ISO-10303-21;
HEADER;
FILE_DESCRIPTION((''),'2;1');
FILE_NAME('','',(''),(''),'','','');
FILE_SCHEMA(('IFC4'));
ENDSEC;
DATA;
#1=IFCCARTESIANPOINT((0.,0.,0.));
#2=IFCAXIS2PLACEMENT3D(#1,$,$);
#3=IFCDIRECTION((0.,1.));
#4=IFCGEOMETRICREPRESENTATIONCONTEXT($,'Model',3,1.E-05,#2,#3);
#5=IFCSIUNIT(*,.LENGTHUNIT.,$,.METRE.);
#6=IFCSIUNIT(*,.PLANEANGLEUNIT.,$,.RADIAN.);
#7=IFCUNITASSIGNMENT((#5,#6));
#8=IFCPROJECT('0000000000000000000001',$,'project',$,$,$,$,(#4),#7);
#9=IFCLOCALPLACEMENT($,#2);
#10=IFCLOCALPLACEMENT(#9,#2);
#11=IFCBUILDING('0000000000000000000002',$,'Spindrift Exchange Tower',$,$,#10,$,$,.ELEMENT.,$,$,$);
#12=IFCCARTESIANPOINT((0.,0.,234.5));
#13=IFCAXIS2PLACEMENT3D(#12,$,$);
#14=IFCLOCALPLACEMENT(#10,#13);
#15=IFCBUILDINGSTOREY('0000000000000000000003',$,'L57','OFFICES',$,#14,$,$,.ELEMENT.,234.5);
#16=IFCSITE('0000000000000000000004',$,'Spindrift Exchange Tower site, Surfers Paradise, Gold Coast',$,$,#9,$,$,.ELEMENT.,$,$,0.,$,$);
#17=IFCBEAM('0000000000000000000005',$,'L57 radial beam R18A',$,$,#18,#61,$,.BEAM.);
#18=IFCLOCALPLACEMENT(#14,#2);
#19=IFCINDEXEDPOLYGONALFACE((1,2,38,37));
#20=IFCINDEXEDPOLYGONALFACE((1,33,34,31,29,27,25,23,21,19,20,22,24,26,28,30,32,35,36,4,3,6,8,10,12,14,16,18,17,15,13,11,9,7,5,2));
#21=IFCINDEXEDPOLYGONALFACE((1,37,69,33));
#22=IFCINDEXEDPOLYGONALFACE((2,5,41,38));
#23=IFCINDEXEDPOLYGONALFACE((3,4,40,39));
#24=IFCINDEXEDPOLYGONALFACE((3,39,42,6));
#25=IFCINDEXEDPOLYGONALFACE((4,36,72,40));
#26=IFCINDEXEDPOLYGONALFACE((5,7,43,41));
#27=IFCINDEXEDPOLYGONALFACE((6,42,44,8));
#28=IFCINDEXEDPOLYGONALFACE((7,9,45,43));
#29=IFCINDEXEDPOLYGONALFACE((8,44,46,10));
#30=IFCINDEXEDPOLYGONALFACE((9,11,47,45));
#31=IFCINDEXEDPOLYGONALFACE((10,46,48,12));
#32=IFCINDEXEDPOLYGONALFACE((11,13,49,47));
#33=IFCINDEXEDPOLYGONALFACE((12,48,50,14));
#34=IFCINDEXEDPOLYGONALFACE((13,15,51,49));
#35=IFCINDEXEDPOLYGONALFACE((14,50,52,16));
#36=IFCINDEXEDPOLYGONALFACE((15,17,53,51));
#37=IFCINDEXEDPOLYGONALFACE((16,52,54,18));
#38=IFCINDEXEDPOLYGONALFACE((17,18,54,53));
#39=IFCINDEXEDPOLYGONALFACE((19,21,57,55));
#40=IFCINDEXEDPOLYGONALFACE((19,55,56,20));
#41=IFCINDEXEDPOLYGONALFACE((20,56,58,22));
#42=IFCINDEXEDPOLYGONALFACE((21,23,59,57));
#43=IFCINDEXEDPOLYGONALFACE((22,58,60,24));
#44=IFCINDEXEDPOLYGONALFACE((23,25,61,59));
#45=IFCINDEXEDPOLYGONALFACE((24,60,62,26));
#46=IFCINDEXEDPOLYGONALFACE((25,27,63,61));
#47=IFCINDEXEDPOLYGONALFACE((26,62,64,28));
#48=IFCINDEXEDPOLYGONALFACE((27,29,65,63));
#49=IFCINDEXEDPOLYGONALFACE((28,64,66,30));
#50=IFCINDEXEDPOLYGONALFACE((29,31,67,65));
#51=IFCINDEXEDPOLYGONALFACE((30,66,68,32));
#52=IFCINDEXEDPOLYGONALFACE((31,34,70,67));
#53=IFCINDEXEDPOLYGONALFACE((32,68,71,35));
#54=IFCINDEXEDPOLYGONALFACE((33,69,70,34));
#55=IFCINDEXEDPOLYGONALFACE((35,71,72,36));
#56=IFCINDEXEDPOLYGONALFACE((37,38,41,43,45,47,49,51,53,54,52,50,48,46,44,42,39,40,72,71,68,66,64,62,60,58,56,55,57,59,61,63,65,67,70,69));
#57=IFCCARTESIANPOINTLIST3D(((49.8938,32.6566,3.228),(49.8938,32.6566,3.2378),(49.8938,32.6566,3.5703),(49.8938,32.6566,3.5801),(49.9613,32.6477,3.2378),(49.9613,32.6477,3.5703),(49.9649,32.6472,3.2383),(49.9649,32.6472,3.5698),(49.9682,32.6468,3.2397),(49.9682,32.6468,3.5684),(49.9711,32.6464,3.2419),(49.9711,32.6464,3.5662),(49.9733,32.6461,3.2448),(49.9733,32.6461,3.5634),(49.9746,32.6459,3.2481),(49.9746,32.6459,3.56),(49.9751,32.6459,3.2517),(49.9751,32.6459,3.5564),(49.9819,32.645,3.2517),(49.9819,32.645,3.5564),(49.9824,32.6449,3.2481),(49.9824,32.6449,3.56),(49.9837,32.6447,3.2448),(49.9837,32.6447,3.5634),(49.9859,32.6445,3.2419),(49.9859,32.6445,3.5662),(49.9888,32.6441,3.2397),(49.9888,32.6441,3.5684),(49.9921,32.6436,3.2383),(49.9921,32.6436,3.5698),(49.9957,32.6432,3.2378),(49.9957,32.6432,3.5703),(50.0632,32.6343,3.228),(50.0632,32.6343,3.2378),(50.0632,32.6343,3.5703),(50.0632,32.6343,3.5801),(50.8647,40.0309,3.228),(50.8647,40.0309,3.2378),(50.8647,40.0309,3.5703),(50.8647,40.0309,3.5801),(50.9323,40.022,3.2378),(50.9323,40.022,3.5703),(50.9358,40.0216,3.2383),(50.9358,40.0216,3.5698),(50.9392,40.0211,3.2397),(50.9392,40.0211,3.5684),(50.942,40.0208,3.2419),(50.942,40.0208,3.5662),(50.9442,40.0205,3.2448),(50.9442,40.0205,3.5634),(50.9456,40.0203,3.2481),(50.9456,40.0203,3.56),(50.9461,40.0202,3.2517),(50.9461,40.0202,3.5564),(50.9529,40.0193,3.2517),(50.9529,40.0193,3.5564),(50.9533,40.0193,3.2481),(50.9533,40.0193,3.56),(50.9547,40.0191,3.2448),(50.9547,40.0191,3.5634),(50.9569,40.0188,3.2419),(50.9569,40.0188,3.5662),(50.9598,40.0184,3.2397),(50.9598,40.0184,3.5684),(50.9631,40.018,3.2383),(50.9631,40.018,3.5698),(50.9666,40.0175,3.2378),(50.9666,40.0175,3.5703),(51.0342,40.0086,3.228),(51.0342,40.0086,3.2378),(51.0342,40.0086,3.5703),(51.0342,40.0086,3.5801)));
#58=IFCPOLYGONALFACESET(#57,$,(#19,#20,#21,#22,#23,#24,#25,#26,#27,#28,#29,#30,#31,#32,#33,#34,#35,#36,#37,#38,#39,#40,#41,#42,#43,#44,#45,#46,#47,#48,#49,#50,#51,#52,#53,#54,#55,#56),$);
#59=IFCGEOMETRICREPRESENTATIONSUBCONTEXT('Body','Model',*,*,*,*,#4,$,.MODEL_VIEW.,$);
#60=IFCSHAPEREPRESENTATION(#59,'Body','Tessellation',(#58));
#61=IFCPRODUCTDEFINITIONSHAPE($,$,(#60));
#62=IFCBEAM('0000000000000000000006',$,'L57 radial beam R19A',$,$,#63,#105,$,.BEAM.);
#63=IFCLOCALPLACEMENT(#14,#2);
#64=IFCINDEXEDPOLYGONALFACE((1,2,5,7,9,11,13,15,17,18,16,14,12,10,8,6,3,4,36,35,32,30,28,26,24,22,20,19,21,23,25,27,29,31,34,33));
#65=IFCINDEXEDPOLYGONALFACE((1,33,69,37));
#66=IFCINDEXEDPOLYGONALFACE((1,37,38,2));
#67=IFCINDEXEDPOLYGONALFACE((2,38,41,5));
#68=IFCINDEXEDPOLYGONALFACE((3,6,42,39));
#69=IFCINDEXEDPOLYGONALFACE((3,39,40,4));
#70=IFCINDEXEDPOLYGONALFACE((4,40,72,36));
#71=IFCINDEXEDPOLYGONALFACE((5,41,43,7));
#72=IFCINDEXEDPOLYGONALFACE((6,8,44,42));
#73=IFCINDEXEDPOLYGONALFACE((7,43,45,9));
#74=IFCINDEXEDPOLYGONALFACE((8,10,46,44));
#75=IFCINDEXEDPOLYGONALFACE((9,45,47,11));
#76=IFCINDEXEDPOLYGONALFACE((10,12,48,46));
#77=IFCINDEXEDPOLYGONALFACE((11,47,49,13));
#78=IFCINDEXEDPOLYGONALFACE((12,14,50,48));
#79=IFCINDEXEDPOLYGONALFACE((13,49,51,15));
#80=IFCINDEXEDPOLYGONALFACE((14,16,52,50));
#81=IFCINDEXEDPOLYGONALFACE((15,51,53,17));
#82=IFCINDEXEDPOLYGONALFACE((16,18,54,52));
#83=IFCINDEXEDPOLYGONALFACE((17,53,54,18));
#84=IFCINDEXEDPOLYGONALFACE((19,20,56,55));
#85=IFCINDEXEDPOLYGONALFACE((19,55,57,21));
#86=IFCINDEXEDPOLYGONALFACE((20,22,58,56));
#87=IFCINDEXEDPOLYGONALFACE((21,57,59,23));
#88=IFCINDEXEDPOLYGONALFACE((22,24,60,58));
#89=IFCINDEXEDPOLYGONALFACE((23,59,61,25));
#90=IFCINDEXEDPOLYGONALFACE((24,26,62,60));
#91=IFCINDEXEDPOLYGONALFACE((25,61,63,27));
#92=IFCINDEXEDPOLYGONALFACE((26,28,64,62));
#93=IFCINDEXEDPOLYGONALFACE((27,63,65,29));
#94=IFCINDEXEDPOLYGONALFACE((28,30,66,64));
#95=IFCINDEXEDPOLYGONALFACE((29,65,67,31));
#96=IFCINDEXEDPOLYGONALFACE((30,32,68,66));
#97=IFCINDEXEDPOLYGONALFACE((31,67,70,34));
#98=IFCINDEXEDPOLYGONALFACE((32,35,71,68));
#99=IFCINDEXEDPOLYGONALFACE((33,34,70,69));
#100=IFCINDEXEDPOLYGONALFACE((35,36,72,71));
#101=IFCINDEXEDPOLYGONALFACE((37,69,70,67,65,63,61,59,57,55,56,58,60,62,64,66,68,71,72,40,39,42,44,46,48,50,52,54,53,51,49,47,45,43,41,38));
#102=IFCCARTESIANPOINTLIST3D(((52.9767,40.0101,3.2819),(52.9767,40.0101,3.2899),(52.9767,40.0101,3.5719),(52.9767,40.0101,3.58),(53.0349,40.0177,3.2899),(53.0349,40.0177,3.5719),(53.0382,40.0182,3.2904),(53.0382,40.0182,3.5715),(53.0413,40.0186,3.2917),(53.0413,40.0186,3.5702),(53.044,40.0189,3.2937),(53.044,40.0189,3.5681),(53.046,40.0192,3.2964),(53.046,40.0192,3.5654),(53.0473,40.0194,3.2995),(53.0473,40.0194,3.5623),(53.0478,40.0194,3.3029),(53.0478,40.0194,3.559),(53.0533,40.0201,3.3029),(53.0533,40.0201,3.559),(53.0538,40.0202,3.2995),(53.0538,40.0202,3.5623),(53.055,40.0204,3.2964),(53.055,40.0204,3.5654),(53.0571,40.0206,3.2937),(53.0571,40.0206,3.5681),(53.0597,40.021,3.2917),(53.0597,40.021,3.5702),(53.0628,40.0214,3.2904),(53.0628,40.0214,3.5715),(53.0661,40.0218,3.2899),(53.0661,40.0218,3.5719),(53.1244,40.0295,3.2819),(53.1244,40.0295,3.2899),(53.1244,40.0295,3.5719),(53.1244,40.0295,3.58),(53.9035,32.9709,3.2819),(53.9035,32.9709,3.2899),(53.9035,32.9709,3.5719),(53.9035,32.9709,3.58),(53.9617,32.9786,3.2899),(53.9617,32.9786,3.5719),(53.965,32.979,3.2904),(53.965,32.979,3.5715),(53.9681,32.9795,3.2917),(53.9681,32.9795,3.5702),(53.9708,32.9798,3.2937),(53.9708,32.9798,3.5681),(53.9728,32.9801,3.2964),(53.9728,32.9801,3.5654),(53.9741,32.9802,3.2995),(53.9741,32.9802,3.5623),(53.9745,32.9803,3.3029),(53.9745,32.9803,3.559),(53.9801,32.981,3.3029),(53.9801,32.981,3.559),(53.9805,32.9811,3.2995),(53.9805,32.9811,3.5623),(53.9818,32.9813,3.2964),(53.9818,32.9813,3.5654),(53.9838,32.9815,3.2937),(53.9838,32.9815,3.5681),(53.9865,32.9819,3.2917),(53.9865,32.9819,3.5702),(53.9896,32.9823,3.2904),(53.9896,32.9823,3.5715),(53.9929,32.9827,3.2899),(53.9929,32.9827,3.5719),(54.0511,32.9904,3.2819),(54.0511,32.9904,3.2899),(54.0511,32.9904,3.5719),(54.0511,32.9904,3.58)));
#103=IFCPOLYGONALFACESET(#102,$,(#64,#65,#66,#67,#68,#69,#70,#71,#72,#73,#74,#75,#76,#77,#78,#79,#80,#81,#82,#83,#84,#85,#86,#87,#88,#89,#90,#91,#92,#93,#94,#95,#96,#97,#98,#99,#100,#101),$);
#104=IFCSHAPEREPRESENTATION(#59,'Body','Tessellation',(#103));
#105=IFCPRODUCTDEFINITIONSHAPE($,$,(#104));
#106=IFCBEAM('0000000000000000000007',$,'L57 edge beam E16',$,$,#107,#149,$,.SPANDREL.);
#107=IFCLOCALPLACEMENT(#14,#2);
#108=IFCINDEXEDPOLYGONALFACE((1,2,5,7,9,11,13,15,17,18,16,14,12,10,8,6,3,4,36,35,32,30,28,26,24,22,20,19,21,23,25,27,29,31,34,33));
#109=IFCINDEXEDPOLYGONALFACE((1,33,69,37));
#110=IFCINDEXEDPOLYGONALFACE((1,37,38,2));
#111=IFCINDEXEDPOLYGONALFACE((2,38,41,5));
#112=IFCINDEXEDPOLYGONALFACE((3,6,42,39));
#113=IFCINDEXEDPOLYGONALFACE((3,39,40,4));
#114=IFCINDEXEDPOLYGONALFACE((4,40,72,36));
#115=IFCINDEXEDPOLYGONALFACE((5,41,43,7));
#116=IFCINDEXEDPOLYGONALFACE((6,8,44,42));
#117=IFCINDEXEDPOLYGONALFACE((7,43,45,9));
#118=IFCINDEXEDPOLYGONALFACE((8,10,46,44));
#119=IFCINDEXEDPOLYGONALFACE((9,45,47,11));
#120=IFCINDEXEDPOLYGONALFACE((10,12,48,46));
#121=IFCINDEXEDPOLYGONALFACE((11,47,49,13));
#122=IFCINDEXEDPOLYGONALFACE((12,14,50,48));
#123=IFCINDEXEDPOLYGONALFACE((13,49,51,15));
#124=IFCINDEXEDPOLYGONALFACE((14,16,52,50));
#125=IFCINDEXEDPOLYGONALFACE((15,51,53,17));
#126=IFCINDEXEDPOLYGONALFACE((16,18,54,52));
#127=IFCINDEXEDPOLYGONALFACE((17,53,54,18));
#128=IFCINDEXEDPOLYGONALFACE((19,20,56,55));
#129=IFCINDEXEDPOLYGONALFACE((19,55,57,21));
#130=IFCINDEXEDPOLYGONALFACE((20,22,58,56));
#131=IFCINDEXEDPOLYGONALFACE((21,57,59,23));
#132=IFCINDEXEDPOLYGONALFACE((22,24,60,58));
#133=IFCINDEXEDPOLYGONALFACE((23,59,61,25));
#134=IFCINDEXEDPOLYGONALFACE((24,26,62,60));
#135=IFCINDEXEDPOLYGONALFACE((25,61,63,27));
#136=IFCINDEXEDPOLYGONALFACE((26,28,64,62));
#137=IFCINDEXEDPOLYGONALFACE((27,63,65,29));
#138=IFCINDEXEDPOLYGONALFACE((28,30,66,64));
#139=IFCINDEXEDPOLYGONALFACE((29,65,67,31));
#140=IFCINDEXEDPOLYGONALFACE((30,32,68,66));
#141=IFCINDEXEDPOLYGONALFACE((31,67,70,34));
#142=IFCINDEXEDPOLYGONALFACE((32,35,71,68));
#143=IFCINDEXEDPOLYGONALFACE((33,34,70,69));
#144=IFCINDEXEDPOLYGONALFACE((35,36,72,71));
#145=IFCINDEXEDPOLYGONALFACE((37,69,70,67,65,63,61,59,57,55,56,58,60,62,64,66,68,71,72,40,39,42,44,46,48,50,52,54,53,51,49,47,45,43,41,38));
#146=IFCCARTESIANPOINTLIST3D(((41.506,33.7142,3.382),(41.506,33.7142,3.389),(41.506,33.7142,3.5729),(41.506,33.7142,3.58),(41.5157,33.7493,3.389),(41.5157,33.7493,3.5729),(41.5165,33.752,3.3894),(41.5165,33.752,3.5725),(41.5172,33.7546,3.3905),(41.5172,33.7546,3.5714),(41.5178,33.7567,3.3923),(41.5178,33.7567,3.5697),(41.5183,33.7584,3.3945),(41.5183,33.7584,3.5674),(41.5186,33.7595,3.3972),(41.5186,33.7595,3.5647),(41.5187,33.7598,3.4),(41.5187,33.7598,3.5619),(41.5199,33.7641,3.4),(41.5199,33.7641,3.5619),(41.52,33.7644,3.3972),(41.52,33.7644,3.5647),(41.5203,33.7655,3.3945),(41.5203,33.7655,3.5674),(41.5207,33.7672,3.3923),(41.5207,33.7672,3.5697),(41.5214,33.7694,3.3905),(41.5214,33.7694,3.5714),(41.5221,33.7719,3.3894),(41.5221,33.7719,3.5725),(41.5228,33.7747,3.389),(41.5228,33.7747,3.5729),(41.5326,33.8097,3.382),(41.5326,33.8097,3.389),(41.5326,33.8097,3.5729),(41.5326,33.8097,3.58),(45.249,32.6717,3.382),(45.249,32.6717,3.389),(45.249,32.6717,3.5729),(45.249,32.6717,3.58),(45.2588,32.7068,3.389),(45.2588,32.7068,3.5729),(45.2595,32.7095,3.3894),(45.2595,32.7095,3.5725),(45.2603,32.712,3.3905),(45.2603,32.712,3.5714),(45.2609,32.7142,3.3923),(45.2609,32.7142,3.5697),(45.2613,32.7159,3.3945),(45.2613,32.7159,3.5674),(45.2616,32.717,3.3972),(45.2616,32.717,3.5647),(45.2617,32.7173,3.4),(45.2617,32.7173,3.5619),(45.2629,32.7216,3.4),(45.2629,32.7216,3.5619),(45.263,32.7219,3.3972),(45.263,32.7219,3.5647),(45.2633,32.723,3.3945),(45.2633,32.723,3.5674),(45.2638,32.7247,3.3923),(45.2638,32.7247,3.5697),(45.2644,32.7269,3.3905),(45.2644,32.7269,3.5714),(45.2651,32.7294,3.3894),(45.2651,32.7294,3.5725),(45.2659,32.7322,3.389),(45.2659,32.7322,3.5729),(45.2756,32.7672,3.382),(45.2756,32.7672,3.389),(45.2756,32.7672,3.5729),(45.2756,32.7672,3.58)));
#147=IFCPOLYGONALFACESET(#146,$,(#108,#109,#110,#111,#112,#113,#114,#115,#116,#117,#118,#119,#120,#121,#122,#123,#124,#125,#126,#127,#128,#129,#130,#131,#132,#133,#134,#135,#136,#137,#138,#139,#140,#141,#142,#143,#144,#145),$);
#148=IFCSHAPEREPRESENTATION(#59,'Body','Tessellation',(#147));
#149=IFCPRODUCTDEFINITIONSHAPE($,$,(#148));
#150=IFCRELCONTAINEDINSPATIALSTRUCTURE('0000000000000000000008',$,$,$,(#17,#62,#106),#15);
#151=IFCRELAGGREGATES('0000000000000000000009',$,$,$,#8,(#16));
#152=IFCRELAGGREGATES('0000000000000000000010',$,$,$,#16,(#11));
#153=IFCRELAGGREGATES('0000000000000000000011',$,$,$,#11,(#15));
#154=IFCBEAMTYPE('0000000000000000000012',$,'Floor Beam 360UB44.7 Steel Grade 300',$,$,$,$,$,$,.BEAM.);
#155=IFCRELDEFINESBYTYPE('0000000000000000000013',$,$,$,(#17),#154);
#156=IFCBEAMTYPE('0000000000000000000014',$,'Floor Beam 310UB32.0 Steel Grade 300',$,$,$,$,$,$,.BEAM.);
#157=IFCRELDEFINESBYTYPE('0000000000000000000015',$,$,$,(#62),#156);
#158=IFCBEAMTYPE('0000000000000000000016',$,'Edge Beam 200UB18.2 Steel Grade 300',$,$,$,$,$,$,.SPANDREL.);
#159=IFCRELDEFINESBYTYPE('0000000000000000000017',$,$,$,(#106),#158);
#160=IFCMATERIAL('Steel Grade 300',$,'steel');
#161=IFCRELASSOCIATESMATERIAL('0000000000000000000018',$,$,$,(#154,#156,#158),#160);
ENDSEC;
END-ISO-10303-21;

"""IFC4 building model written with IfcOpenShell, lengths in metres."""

from ifc_helpers import new_model, si_unit, direction, frame, origin, origin_2d, place, context, subcontext, project, spatial, i_section, extrude, source, transform, mapped, material, material_profile, profile_set, type_object, element, save


model = new_model("IFC4")

# Units and contexts
model_context = context("Model", 3, precision=1e-05, world=origin(), true_north=direction((0.0, 1.0)))
body_context = subcontext(model_context, "Body", "Model", "MODEL_VIEW")
ifc_project = project(units=[si_unit("LENGTHUNIT", "METRE"), si_unit("PLANEANGLEUNIT", "RADIAN")], contexts=[model_context])

# Site, building, storey
site_placement = place(None, origin())
site = spatial("IfcSite", under=ifc_project, at=site_placement, Name="Spindrift Exchange Tower site, Surfers Paradise, Gold Coast", CompositionType="ELEMENT", RefElevation=0.0)
building_placement = place(site_placement, origin())
building = spatial("IfcBuilding", under=site, at=building_placement, Name="Spindrift Exchange Tower", CompositionType="ELEMENT")
storey_placement = place(building_placement, frame((0.0, 0.0, 234.5)))
storey = spatial("IfcBuildingStorey", under=building, at=storey_placement, Name="L57", Description="OFFICES", CompositionType="ELEMENT", Elevation=234.5)

# Beams
ifc_material_1 = material(Name="Steel Grade 300", Category="steel")
ifc_material_profile_1 = material_profile(ifc_material_1, i_section(OverallWidth=0.1709, OverallDepth=0.3521, WebThickness=0.0068, FlangeThickness=0.0098, FilletRadius=0.0139, at=origin_2d()), Name="360UB44.7")
ifc_profile_set_1 = profile_set([ifc_material_profile_1], Name="Steel Grade 300")
beam_type_1 = type_object("IfcBeamType", Name="Floor Beam 360UB44.7 Steel Grade 300", PredefinedType="BEAM", material=ifc_profile_set_1)
shared_shape_1 = source(origin(), body_context, "Body", "SweptSolid", [
    extrude(i_section(OverallWidth=0.1709, OverallDepth=0.3521, WebThickness=0.0068, FlangeThickness=0.0098, FilletRadius=0.0139, at=origin_2d()), origin(), (0.0, 0.0, 1.0), 7.438),
])
beam_1_placement = place(storey_placement, frame((50.9495, 40.0198, 3.4041), z_axis=(-0.13054, -0.991443, 0.0), x_axis=(0.991443, -0.13054, 0.0)))
element("IfcBeam", 1, at=beam_1_placement, inside=storey, type_object=beam_type_1, Name="L57 radial beam R18A", PredefinedType="BEAM", context=body_context, shape_type="MappedRepresentation", body=[
    mapped(shared_shape_1, transform((0.0, 0.0, 0.0), scale=1.0)),
])
ifc_material_profile_2 = material_profile(ifc_material_1, i_section(OverallWidth=0.1489, OverallDepth=0.2981, WebThickness=0.0056, FlangeThickness=0.0081, FilletRadius=0.0129, at=origin_2d()), Name="310UB32.0")
ifc_profile_set_2 = profile_set([ifc_material_profile_2], Name="Steel Grade 300")
beam_type_2 = type_object("IfcBeamType", Name="Floor Beam 310UB32.0 Steel Grade 300", PredefinedType="BEAM", material=ifc_profile_set_2)
shared_shape_2 = source(origin(), body_context, "Body", "SweptSolid", [
    extrude(i_section(OverallWidth=0.1489, OverallDepth=0.2981, WebThickness=0.0056, FlangeThickness=0.0081, FilletRadius=0.0129, at=origin_2d()), origin(), (0.0, 0.0, 1.0), 7.0999),
])
beam_2_placement = place(storey_placement, frame((53.0505, 40.0198, 3.4309), z_axis=(0.130533, -0.991444, 0.0), x_axis=(0.991444, 0.130533, 0.0)))
element("IfcBeam", 2, at=beam_2_placement, inside=storey, type_object=beam_type_2, Name="L57 radial beam R19A", PredefinedType="BEAM", context=body_context, shape_type="MappedRepresentation", body=[
    mapped(shared_shape_2, transform((0.0, 0.0, 0.0), scale=1.0)),
])
ifc_material_profile_3 = material_profile(ifc_material_1, i_section(OverallWidth=0.0991, OverallDepth=0.198, WebThickness=0.0044, FlangeThickness=0.0071, FilletRadius=0.011, at=origin_2d()), Name="200UB18.2")
ifc_profile_set_3 = profile_set([ifc_material_profile_3], Name="Steel Grade 300")
beam_type_3 = type_object("IfcBeamType", Name="Edge Beam 200UB18.2 Steel Grade 300", PredefinedType="SPANDREL", material=ifc_profile_set_3)
shared_shape_3 = source(origin(), body_context, "Body", "SweptSolid", [
    extrude(i_section(OverallWidth=0.0991, OverallDepth=0.198, WebThickness=0.0044, FlangeThickness=0.0071, FilletRadius=0.011, at=origin_2d()), origin(), (0.0, 0.0, 1.0), 3.8855),
])
beam_3_placement = place(storey_placement, frame((41.5193, 33.762, 3.481), z_axis=(0.963333, -0.268308, 0.0), x_axis=(0.268308, 0.963333, 0.0)))
element("IfcBeam", 3, at=beam_3_placement, inside=storey, type_object=beam_type_3, Name="L57 edge beam E16", PredefinedType="SPANDREL", context=body_context, shape_type="MappedRepresentation", body=[
    mapped(shared_shape_3, transform((0.0, 0.0, 0.0), scale=1.0)),
])

save(model, "model.ifc")
